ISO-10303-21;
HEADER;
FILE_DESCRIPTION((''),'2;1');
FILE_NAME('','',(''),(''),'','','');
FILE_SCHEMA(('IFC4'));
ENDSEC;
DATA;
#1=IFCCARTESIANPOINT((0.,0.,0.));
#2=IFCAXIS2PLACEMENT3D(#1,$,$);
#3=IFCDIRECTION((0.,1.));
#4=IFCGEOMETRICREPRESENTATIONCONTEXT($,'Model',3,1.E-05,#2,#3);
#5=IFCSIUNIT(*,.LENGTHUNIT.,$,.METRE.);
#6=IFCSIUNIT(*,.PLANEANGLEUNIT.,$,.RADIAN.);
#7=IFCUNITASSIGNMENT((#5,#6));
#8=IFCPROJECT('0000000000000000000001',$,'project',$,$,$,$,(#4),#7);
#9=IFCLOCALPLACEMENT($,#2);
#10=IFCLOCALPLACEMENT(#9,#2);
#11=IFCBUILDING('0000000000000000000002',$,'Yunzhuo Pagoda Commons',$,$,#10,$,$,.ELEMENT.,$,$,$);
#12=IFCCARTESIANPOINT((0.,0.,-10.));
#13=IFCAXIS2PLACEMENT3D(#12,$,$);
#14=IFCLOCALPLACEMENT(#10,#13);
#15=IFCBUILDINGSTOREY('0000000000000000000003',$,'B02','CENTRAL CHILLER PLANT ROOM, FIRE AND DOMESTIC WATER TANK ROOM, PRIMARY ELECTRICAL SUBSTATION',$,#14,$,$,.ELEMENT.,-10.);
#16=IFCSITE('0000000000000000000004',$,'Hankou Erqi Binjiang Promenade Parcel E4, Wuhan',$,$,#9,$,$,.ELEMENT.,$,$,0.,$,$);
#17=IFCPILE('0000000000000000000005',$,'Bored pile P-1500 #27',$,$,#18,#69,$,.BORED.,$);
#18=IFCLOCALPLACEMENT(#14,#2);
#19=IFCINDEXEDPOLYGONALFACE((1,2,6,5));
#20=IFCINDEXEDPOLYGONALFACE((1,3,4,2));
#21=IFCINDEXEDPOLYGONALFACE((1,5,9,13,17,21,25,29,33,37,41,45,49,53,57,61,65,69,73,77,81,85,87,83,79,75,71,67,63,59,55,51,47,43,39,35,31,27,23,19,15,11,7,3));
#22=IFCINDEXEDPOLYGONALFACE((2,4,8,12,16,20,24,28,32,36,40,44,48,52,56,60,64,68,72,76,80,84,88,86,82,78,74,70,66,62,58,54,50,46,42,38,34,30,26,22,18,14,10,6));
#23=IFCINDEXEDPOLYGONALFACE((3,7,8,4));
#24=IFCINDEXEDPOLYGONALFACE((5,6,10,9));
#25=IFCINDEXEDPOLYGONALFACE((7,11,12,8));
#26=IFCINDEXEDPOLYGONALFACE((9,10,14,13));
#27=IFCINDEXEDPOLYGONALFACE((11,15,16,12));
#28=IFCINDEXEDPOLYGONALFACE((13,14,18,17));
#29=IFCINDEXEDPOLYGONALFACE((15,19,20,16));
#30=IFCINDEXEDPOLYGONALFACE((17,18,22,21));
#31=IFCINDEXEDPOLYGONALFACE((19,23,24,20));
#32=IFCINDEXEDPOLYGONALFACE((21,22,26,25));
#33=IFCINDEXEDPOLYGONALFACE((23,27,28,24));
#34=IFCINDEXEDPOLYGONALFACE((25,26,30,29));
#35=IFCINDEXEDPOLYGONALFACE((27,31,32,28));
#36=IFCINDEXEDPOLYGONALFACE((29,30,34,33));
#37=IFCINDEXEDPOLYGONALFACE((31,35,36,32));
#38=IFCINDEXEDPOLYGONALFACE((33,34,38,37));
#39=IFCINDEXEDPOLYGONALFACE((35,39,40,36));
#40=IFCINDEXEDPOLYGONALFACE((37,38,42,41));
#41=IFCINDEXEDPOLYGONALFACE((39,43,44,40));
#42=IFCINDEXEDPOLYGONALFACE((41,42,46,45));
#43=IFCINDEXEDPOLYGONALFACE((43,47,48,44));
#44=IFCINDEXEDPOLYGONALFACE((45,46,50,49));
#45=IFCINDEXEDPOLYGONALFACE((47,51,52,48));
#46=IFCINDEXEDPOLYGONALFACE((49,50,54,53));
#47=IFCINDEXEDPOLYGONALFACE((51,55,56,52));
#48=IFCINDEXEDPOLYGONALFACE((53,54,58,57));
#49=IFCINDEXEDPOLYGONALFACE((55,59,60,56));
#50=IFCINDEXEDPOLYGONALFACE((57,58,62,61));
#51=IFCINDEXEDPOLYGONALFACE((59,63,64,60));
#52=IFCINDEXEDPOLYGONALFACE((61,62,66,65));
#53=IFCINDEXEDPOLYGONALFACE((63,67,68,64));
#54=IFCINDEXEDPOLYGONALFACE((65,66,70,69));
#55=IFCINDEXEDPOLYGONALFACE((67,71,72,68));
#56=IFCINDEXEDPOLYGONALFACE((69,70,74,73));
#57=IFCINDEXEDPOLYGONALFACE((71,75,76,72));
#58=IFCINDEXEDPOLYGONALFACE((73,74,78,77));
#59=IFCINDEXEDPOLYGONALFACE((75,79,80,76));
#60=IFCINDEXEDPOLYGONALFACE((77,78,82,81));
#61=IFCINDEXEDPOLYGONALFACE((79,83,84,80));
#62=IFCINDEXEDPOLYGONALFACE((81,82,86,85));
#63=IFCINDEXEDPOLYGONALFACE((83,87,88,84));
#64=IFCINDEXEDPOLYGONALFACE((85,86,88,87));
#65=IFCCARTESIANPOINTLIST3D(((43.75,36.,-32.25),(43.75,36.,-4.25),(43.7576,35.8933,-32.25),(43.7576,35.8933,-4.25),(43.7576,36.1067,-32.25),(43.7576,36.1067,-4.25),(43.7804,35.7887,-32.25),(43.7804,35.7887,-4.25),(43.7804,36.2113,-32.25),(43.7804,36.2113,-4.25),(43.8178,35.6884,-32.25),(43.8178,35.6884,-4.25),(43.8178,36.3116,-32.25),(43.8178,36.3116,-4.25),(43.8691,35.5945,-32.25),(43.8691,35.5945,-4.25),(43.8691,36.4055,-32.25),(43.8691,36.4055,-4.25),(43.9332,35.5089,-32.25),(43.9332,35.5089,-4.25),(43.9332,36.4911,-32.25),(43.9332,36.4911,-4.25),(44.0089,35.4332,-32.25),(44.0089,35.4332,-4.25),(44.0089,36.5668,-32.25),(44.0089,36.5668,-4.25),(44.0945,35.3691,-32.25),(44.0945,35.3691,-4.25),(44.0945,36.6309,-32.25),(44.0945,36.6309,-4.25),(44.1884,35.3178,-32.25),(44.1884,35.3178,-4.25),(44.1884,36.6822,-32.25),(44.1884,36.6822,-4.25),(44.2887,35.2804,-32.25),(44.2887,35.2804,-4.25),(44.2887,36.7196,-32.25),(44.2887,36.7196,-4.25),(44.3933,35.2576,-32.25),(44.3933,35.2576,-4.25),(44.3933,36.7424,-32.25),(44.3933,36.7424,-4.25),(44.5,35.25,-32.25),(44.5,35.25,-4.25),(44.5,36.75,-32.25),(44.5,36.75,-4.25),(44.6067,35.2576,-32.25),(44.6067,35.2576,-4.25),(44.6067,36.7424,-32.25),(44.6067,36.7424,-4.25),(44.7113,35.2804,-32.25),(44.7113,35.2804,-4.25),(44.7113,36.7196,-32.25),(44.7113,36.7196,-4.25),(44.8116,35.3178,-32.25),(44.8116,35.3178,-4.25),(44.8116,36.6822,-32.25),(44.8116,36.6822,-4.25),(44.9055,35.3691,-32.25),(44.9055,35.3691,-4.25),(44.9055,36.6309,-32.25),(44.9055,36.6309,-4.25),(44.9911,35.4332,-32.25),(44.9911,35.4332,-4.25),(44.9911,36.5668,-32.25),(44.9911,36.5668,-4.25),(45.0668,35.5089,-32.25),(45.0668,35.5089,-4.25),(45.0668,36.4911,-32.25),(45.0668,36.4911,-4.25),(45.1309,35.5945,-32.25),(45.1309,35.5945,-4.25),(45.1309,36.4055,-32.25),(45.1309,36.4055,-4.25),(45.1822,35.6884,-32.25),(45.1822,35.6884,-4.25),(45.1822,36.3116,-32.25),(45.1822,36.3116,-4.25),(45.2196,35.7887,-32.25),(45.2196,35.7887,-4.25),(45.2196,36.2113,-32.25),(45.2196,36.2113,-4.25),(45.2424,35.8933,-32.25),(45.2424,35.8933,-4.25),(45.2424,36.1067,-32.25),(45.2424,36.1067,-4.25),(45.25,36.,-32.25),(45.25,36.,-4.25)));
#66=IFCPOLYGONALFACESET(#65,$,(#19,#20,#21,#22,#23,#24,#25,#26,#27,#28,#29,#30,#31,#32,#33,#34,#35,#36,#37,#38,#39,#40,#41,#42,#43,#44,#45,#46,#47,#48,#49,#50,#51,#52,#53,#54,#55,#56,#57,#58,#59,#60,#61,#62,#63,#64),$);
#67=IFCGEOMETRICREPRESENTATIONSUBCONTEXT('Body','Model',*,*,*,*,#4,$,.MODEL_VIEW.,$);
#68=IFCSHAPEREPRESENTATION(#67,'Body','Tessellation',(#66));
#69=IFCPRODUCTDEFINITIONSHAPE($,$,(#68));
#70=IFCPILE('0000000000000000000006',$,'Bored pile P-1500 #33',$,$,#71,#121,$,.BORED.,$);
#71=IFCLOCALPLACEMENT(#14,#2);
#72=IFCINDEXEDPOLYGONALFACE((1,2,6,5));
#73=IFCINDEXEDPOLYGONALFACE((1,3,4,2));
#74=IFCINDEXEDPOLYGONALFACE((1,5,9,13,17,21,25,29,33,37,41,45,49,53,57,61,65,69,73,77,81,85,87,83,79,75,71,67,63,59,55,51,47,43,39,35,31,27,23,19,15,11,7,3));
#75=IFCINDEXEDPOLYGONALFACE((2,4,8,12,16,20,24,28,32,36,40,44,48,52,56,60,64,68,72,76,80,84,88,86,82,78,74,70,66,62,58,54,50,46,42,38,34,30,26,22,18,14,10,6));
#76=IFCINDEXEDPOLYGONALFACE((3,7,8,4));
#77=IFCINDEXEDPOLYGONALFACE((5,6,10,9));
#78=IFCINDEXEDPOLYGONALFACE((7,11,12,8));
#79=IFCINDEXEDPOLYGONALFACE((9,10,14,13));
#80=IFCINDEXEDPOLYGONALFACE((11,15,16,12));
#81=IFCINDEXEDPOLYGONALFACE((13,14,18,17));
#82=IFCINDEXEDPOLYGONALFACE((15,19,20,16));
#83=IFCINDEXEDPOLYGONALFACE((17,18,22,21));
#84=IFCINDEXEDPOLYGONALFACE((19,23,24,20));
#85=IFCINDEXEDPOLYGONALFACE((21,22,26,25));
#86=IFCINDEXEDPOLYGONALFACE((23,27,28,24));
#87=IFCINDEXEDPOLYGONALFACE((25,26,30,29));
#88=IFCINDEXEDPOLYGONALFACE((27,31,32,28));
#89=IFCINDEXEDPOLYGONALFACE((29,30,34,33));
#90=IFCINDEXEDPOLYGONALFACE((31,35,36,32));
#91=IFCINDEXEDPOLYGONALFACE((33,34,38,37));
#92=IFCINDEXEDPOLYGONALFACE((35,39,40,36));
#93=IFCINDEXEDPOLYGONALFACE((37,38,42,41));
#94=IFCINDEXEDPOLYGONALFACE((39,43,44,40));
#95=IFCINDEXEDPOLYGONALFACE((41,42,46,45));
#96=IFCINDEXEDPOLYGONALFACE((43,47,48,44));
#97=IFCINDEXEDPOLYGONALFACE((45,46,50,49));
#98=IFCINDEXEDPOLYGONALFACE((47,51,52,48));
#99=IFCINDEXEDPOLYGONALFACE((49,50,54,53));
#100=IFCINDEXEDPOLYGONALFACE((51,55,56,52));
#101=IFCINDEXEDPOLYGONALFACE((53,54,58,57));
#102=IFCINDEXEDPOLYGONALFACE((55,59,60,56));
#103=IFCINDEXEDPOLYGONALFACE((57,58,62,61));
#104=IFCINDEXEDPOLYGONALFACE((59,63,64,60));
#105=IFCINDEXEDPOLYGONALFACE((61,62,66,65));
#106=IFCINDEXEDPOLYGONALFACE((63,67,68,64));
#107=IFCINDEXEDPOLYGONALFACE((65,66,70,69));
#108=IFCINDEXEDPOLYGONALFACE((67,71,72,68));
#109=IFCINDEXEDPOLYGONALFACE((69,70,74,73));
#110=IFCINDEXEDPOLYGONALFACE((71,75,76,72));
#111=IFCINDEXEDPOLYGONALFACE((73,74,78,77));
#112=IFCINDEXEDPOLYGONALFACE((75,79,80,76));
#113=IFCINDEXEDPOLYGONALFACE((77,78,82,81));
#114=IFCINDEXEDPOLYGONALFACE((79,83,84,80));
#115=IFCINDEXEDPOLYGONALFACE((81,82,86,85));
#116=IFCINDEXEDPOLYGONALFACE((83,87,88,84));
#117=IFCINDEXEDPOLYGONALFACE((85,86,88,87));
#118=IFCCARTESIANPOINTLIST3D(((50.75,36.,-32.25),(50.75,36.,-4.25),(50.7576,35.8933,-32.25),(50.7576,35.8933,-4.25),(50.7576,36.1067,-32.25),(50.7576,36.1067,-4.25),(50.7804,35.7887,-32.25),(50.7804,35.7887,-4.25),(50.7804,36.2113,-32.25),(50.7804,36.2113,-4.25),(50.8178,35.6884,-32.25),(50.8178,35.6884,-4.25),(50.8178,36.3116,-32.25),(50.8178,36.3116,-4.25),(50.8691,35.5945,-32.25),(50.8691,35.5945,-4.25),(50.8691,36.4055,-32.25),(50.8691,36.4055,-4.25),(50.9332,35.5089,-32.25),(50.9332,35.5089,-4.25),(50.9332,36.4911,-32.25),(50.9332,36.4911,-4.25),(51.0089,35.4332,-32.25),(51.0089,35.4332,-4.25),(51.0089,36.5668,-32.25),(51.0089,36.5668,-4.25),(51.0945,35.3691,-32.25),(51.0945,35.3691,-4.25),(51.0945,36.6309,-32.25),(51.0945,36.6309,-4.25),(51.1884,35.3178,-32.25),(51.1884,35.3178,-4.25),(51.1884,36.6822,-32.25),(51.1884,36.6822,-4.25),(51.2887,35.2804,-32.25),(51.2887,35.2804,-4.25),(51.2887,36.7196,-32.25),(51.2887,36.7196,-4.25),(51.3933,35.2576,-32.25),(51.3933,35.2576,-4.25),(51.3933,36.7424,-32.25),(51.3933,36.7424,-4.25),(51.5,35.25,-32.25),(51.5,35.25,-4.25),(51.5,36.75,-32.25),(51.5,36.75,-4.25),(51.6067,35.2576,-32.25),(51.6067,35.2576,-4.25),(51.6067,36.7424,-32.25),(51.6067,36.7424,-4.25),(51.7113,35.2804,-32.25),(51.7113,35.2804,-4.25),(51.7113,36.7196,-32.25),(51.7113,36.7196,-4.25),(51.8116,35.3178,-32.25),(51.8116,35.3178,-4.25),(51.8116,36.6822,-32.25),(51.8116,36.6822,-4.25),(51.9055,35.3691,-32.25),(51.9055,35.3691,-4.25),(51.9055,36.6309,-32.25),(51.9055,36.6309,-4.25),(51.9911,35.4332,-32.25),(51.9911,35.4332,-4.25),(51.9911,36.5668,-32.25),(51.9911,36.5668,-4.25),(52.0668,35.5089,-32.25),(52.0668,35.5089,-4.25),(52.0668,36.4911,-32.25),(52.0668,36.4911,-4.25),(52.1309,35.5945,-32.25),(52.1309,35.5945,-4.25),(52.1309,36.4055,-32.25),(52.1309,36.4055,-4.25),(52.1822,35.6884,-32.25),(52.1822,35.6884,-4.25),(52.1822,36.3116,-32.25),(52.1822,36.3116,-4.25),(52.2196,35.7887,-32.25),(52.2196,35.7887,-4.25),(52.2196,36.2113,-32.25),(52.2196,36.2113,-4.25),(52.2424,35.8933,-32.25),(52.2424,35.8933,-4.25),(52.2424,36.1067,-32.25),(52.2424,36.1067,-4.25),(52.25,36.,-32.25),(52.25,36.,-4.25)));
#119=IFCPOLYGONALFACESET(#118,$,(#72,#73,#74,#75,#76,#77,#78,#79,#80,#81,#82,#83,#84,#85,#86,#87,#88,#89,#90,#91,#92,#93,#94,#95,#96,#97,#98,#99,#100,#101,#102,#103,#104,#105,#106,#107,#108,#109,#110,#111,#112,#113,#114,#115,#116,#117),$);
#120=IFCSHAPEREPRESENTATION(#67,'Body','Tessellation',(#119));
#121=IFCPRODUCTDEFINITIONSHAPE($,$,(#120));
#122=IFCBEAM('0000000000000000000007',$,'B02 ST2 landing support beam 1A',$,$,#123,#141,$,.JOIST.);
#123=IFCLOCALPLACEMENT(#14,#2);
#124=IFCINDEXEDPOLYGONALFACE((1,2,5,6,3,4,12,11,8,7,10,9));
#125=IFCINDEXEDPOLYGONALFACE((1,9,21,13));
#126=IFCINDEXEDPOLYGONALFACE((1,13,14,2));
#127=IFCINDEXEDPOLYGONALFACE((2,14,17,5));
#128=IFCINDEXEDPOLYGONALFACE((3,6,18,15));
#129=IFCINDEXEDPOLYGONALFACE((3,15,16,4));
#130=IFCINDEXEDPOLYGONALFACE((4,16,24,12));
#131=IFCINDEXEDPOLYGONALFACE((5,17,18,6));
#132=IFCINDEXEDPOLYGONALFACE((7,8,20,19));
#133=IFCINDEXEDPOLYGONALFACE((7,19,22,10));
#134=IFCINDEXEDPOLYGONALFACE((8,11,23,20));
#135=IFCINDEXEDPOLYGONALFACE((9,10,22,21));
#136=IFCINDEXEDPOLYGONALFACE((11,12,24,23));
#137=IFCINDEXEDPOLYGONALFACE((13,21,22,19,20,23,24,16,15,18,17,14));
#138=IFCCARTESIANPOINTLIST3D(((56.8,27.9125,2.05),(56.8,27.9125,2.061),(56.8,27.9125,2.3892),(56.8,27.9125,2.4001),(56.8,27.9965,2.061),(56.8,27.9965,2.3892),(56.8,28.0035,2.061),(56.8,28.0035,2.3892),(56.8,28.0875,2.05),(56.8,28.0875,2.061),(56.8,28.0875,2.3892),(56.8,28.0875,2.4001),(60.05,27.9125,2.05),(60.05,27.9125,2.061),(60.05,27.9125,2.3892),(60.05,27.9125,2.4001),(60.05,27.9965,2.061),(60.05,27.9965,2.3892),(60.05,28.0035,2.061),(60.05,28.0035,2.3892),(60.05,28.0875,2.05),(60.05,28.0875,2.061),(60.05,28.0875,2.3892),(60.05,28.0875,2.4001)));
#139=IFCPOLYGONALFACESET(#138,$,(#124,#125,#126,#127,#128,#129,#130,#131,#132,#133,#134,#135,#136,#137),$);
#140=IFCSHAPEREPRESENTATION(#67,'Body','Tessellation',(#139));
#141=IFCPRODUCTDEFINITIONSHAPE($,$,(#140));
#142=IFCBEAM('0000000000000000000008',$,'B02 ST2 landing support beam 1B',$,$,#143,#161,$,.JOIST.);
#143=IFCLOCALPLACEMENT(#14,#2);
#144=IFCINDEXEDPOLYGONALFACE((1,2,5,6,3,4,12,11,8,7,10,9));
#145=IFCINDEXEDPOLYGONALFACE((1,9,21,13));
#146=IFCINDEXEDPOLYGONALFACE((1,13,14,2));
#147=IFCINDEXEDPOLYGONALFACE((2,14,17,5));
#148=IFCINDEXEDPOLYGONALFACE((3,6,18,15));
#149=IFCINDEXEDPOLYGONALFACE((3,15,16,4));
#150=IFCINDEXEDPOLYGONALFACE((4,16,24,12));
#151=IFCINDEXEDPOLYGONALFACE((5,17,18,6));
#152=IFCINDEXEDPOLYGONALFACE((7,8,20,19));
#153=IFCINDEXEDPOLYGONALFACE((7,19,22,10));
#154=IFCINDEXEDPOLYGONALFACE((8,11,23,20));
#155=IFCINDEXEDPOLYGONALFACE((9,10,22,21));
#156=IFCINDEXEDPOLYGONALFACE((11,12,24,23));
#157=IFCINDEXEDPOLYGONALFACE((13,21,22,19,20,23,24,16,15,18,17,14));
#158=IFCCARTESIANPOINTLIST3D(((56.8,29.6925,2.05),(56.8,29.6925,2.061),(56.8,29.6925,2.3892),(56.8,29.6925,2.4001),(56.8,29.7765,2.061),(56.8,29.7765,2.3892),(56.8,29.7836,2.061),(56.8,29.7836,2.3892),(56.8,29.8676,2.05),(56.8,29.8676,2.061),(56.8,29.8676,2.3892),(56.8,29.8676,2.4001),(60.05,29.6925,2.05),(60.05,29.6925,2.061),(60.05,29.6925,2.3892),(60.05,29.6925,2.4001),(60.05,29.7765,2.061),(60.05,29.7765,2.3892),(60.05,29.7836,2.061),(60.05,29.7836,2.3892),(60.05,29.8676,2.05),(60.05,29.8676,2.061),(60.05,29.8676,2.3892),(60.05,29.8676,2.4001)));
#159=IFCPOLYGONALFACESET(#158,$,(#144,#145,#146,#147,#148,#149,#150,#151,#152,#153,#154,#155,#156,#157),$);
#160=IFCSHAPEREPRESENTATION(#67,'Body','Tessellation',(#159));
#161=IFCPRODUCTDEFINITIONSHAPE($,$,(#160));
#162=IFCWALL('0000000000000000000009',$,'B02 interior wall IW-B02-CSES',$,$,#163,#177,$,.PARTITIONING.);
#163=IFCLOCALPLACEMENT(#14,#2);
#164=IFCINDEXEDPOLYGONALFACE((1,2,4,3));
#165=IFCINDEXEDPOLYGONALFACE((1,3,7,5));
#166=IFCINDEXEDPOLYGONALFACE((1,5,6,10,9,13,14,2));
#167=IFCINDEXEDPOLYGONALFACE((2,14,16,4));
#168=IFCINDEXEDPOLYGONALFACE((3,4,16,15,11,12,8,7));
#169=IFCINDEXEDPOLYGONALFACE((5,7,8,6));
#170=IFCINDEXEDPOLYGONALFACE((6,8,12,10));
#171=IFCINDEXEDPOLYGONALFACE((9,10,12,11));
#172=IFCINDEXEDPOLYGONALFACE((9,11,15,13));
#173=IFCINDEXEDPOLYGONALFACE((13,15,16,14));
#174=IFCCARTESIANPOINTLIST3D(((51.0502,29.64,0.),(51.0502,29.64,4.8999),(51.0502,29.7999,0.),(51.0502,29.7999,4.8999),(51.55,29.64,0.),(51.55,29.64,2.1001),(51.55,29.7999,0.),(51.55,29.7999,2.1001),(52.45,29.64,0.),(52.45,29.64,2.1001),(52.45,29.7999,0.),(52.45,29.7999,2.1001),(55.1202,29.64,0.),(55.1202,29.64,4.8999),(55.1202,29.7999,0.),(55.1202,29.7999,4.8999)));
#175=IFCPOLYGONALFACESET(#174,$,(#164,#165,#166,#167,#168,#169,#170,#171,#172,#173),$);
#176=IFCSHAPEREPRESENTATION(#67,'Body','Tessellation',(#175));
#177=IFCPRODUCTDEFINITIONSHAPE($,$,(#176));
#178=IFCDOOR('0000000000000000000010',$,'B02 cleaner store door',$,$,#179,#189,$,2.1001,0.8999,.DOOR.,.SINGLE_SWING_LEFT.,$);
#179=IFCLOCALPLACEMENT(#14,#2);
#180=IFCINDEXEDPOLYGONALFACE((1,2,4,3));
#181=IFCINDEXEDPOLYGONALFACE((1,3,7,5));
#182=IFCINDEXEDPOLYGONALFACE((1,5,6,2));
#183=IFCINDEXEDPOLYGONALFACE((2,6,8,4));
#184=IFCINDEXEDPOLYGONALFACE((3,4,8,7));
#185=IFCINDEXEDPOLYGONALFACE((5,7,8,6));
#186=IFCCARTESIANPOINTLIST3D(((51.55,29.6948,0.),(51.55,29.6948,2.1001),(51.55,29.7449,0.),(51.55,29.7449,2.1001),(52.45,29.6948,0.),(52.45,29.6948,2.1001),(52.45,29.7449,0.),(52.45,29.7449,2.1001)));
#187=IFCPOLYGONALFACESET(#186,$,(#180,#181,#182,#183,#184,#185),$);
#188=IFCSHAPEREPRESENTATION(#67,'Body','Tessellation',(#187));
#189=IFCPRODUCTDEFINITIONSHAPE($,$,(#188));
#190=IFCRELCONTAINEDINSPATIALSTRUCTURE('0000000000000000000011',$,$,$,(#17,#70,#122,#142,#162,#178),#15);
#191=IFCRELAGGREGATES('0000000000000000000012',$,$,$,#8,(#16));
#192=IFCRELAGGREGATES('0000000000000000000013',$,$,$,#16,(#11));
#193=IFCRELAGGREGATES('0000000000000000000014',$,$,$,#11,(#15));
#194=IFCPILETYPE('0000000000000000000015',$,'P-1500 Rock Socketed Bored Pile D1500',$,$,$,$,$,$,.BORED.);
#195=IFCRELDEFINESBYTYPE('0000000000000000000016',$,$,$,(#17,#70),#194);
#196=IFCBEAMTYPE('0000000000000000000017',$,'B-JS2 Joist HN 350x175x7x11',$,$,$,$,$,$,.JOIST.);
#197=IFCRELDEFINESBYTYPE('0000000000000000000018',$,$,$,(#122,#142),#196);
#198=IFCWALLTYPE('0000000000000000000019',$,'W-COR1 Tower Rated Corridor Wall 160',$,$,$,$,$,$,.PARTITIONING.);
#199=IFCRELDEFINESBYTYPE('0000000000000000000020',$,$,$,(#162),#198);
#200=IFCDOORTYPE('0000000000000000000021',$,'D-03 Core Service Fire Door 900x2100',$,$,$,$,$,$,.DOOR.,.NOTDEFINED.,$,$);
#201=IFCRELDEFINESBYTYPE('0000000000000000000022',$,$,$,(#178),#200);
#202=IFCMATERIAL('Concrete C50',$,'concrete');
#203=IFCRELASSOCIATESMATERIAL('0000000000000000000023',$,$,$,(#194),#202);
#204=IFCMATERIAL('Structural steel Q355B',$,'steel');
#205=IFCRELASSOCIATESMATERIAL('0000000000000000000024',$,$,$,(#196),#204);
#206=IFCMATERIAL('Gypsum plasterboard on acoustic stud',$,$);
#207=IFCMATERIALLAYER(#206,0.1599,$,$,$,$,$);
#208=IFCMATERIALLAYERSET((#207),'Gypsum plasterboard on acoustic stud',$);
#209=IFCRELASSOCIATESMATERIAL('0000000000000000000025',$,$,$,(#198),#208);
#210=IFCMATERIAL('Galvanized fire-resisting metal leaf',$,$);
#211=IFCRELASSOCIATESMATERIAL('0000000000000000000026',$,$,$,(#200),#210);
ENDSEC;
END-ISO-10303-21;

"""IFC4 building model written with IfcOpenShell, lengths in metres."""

from ifc_helpers import new_model, si_unit, direction, frame, frame_2d, origin, origin_with_axes, origin_2d, place, context, subcontext, project, spatial, rectangle, circle, i_section, extrude, source, transform, mapped, material, layer, layer_set, material_profile, profile_set, type_object, element, fill, save


model = new_model("IFC4")

# Units and contexts
model_context = context("Model", 3, precision=1e-05, world=origin(), true_north=direction((0.0, 1.0)))
body_context = subcontext(model_context, "Body", "Model", "MODEL_VIEW")
ifc_project = project(units=[si_unit("LENGTHUNIT", "METRE"), si_unit("PLANEANGLEUNIT", "RADIAN")], contexts=[model_context])

# Site, building, storey
site_placement = place(None, origin())
site = spatial("IfcSite", under=ifc_project, at=site_placement, Name="Hankou Erqi Binjiang Promenade Parcel E4, Wuhan", CompositionType="ELEMENT", RefElevation=0.0)
building_placement = place(site_placement, origin())
building = spatial("IfcBuilding", under=site, at=building_placement, Name="Yunzhuo Pagoda Commons", CompositionType="ELEMENT")
storey_placement = place(building_placement, frame((0.0, 0.0, -10.0)))
storey = spatial("IfcBuildingStorey", under=building, at=storey_placement, Name="B02", Description="CENTRAL CHILLER PLANT ROOM, FIRE AND DOMESTIC WATER TANK ROOM, PRIMARY ELECTRICAL SUBSTATION", CompositionType="ELEMENT", Elevation=-10.0)

# Piles
ifc_material_1 = material(Name="Concrete C50", Category="concrete")
ifc_material_profile_1 = material_profile(ifc_material_1, circle(Radius=0.75, at=origin_2d()), Name="Concrete C50")
ifc_profile_set_1 = profile_set([ifc_material_profile_1], Name="Concrete C50")
pile_type = type_object("IfcPileType", Name="P-1500 Rock Socketed Bored Pile D1500", PredefinedType="BORED", material=ifc_profile_set_1)
shared_shape_1 = source(origin(), body_context, "Body", "SweptSolid", [
    extrude(circle(Radius=0.75, at=origin_2d()), origin(), (0.0, 0.0, 1.0), 28.0),
])
for number, where, z_axis, x_axis, name in (
    (1, (44.5, 36.0, -4.25), (0.0, 0.0, -1.0), (1.0, 0.0, 0.0), "Bored pile P-1500 #27"),
    (2, (51.5, 36.0, -4.25), (0.0, 0.0, -1.0), (1.0, 0.0, 0.0), "Bored pile P-1500 #33"),
):
    element("IfcPile", number, at=place(storey_placement, frame(where, z_axis=z_axis, x_axis=x_axis)), inside=storey, type_object=pile_type, Name=name, PredefinedType="BORED", context=body_context, shape_type="MappedRepresentation", body=[
        mapped(shared_shape_1, transform((0.0, 0.0, 0.0), scale=1.0)),
    ])

# Beams
ifc_material_2 = material(Name="Structural steel Q355B", Category="steel")
ifc_material_profile_2 = material_profile(ifc_material_2, i_section(OverallWidth=0.175, OverallDepth=0.3501, WebThickness=0.0071, FlangeThickness=0.011, at=origin_2d()), Name="Structural steel Q355B")
ifc_profile_set_2 = profile_set([ifc_material_profile_2], Name="Structural steel Q355B")
beam_type = type_object("IfcBeamType", Name="B-JS2 Joist HN 350x175x7x11", PredefinedType="JOIST", material=ifc_profile_set_2)
shared_shape_2 = source(origin(), body_context, "Body", "SweptSolid", [
    extrude(i_section(OverallWidth=0.175, OverallDepth=0.3501, WebThickness=0.0071, FlangeThickness=0.011, at=origin_2d()), origin(), (0.0, 0.0, 1.0), 3.25),
])
for number, where, z_axis, x_axis, name in (
    (3, (56.8, 28.0, 2.2251), (1.0, 0.0, 0.0), (0.0, 1.0, 0.0), "B02 ST2 landing support beam 1A"),
    (4, (56.8, 29.78, 2.2251), (1.0, 0.0, 0.0), (0.0, 1.0, 0.0), "B02 ST2 landing support beam 1B"),
):
    element("IfcBeam", number, at=place(storey_placement, frame(where, z_axis=z_axis, x_axis=x_axis)), inside=storey, type_object=beam_type, Name=name, PredefinedType="JOIST", context=body_context, shape_type="MappedRepresentation", body=[
        mapped(shared_shape_2, transform((0.0, 0.0, 0.0), scale=1.0)),
    ])

# Wall, opening, door
ifc_material_3 = material(Name="Gypsum plasterboard on acoustic stud")
ifc_layer_1 = layer(ifc_material_3, 0.1599)
ifc_layer_set_1 = layer_set([ifc_layer_1], Name="Gypsum plasterboard on acoustic stud")
wall_type_1 = type_object("IfcWallType", Name="W-COR1 Tower Rated Corridor Wall 160", PredefinedType="PARTITIONING", material=ifc_layer_set_1)
wall_1_placement = place(storey_placement, frame((51.05, 29.72, 0.0), z_axis=(0.0, 0.0, 1.0), x_axis=(1.0, 0.0, 0.0)))
wall_1 = element("IfcWall", 5, at=wall_1_placement, inside=storey, type_object=wall_type_1, Name="B02 interior wall IW-B02-CSES", PredefinedType="PARTITIONING", context=body_context, shape_type="SweptSolid", body=[
    extrude(rectangle(XDim=4.0701, YDim=0.1599, at=frame_2d((2.0352, 0.0))), origin(), (0.0, 0.0, 1.0), 4.8999),
])
opening_1_placement = place(wall_1_placement, frame((0.5, 0.0, 0.0)))
opening_1 = element("IfcOpeningElement", 6, at=opening_1_placement, cuts=wall_1, PredefinedType="OPENING", context=body_context, shape_type="SweptSolid", body=[
    extrude(rectangle(XDim=0.8999, YDim=2.1001, at=frame_2d((0.45, 1.05))), frame((0.0, 0.0898, 0.0), z_axis=(0.0, -1.0, 0.0), x_axis=(1.0, 0.0, 0.0)), (0.0, 0.0, 1.0), 0.1799),
])
ifc_material_4 = material(Name="Galvanized fire-resisting metal leaf")
door_type_1 = type_object("IfcDoorType", Name="D-03 Core Service Fire Door 900x2100", OperationType="NOTDEFINED", PredefinedType="DOOR", material=ifc_material_4)
shared_shape_3 = source(origin(), body_context, "Body", "SweptSolid", [
    extrude(rectangle(XDim=0.8999, YDim=2.1001, at=frame_2d((0.45, 1.05))), frame((0.0, 0.0249, 0.0), z_axis=(0.0, -1.0, 0.0), x_axis=(1.0, 0.0, 0.0)), (0.0, 0.0, 1.0), 0.05),
])
door_1_placement = place(opening_1_placement, origin_with_axes())
door_1 = element("IfcDoor", 7, at=door_1_placement, inside=storey, type_object=door_type_1, Name="B02 cleaner store door", OperationType="SINGLE_SWING_LEFT", OverallHeight=2.1001, OverallWidth=0.8999, PredefinedType="DOOR", context=body_context, shape_type="MappedRepresentation", body=[
    mapped(shared_shape_3, transform((0.0, 0.0, 0.0), scale=1.0)),
])
fill(opening_1, door_1)

save(model, "model.ifc")
